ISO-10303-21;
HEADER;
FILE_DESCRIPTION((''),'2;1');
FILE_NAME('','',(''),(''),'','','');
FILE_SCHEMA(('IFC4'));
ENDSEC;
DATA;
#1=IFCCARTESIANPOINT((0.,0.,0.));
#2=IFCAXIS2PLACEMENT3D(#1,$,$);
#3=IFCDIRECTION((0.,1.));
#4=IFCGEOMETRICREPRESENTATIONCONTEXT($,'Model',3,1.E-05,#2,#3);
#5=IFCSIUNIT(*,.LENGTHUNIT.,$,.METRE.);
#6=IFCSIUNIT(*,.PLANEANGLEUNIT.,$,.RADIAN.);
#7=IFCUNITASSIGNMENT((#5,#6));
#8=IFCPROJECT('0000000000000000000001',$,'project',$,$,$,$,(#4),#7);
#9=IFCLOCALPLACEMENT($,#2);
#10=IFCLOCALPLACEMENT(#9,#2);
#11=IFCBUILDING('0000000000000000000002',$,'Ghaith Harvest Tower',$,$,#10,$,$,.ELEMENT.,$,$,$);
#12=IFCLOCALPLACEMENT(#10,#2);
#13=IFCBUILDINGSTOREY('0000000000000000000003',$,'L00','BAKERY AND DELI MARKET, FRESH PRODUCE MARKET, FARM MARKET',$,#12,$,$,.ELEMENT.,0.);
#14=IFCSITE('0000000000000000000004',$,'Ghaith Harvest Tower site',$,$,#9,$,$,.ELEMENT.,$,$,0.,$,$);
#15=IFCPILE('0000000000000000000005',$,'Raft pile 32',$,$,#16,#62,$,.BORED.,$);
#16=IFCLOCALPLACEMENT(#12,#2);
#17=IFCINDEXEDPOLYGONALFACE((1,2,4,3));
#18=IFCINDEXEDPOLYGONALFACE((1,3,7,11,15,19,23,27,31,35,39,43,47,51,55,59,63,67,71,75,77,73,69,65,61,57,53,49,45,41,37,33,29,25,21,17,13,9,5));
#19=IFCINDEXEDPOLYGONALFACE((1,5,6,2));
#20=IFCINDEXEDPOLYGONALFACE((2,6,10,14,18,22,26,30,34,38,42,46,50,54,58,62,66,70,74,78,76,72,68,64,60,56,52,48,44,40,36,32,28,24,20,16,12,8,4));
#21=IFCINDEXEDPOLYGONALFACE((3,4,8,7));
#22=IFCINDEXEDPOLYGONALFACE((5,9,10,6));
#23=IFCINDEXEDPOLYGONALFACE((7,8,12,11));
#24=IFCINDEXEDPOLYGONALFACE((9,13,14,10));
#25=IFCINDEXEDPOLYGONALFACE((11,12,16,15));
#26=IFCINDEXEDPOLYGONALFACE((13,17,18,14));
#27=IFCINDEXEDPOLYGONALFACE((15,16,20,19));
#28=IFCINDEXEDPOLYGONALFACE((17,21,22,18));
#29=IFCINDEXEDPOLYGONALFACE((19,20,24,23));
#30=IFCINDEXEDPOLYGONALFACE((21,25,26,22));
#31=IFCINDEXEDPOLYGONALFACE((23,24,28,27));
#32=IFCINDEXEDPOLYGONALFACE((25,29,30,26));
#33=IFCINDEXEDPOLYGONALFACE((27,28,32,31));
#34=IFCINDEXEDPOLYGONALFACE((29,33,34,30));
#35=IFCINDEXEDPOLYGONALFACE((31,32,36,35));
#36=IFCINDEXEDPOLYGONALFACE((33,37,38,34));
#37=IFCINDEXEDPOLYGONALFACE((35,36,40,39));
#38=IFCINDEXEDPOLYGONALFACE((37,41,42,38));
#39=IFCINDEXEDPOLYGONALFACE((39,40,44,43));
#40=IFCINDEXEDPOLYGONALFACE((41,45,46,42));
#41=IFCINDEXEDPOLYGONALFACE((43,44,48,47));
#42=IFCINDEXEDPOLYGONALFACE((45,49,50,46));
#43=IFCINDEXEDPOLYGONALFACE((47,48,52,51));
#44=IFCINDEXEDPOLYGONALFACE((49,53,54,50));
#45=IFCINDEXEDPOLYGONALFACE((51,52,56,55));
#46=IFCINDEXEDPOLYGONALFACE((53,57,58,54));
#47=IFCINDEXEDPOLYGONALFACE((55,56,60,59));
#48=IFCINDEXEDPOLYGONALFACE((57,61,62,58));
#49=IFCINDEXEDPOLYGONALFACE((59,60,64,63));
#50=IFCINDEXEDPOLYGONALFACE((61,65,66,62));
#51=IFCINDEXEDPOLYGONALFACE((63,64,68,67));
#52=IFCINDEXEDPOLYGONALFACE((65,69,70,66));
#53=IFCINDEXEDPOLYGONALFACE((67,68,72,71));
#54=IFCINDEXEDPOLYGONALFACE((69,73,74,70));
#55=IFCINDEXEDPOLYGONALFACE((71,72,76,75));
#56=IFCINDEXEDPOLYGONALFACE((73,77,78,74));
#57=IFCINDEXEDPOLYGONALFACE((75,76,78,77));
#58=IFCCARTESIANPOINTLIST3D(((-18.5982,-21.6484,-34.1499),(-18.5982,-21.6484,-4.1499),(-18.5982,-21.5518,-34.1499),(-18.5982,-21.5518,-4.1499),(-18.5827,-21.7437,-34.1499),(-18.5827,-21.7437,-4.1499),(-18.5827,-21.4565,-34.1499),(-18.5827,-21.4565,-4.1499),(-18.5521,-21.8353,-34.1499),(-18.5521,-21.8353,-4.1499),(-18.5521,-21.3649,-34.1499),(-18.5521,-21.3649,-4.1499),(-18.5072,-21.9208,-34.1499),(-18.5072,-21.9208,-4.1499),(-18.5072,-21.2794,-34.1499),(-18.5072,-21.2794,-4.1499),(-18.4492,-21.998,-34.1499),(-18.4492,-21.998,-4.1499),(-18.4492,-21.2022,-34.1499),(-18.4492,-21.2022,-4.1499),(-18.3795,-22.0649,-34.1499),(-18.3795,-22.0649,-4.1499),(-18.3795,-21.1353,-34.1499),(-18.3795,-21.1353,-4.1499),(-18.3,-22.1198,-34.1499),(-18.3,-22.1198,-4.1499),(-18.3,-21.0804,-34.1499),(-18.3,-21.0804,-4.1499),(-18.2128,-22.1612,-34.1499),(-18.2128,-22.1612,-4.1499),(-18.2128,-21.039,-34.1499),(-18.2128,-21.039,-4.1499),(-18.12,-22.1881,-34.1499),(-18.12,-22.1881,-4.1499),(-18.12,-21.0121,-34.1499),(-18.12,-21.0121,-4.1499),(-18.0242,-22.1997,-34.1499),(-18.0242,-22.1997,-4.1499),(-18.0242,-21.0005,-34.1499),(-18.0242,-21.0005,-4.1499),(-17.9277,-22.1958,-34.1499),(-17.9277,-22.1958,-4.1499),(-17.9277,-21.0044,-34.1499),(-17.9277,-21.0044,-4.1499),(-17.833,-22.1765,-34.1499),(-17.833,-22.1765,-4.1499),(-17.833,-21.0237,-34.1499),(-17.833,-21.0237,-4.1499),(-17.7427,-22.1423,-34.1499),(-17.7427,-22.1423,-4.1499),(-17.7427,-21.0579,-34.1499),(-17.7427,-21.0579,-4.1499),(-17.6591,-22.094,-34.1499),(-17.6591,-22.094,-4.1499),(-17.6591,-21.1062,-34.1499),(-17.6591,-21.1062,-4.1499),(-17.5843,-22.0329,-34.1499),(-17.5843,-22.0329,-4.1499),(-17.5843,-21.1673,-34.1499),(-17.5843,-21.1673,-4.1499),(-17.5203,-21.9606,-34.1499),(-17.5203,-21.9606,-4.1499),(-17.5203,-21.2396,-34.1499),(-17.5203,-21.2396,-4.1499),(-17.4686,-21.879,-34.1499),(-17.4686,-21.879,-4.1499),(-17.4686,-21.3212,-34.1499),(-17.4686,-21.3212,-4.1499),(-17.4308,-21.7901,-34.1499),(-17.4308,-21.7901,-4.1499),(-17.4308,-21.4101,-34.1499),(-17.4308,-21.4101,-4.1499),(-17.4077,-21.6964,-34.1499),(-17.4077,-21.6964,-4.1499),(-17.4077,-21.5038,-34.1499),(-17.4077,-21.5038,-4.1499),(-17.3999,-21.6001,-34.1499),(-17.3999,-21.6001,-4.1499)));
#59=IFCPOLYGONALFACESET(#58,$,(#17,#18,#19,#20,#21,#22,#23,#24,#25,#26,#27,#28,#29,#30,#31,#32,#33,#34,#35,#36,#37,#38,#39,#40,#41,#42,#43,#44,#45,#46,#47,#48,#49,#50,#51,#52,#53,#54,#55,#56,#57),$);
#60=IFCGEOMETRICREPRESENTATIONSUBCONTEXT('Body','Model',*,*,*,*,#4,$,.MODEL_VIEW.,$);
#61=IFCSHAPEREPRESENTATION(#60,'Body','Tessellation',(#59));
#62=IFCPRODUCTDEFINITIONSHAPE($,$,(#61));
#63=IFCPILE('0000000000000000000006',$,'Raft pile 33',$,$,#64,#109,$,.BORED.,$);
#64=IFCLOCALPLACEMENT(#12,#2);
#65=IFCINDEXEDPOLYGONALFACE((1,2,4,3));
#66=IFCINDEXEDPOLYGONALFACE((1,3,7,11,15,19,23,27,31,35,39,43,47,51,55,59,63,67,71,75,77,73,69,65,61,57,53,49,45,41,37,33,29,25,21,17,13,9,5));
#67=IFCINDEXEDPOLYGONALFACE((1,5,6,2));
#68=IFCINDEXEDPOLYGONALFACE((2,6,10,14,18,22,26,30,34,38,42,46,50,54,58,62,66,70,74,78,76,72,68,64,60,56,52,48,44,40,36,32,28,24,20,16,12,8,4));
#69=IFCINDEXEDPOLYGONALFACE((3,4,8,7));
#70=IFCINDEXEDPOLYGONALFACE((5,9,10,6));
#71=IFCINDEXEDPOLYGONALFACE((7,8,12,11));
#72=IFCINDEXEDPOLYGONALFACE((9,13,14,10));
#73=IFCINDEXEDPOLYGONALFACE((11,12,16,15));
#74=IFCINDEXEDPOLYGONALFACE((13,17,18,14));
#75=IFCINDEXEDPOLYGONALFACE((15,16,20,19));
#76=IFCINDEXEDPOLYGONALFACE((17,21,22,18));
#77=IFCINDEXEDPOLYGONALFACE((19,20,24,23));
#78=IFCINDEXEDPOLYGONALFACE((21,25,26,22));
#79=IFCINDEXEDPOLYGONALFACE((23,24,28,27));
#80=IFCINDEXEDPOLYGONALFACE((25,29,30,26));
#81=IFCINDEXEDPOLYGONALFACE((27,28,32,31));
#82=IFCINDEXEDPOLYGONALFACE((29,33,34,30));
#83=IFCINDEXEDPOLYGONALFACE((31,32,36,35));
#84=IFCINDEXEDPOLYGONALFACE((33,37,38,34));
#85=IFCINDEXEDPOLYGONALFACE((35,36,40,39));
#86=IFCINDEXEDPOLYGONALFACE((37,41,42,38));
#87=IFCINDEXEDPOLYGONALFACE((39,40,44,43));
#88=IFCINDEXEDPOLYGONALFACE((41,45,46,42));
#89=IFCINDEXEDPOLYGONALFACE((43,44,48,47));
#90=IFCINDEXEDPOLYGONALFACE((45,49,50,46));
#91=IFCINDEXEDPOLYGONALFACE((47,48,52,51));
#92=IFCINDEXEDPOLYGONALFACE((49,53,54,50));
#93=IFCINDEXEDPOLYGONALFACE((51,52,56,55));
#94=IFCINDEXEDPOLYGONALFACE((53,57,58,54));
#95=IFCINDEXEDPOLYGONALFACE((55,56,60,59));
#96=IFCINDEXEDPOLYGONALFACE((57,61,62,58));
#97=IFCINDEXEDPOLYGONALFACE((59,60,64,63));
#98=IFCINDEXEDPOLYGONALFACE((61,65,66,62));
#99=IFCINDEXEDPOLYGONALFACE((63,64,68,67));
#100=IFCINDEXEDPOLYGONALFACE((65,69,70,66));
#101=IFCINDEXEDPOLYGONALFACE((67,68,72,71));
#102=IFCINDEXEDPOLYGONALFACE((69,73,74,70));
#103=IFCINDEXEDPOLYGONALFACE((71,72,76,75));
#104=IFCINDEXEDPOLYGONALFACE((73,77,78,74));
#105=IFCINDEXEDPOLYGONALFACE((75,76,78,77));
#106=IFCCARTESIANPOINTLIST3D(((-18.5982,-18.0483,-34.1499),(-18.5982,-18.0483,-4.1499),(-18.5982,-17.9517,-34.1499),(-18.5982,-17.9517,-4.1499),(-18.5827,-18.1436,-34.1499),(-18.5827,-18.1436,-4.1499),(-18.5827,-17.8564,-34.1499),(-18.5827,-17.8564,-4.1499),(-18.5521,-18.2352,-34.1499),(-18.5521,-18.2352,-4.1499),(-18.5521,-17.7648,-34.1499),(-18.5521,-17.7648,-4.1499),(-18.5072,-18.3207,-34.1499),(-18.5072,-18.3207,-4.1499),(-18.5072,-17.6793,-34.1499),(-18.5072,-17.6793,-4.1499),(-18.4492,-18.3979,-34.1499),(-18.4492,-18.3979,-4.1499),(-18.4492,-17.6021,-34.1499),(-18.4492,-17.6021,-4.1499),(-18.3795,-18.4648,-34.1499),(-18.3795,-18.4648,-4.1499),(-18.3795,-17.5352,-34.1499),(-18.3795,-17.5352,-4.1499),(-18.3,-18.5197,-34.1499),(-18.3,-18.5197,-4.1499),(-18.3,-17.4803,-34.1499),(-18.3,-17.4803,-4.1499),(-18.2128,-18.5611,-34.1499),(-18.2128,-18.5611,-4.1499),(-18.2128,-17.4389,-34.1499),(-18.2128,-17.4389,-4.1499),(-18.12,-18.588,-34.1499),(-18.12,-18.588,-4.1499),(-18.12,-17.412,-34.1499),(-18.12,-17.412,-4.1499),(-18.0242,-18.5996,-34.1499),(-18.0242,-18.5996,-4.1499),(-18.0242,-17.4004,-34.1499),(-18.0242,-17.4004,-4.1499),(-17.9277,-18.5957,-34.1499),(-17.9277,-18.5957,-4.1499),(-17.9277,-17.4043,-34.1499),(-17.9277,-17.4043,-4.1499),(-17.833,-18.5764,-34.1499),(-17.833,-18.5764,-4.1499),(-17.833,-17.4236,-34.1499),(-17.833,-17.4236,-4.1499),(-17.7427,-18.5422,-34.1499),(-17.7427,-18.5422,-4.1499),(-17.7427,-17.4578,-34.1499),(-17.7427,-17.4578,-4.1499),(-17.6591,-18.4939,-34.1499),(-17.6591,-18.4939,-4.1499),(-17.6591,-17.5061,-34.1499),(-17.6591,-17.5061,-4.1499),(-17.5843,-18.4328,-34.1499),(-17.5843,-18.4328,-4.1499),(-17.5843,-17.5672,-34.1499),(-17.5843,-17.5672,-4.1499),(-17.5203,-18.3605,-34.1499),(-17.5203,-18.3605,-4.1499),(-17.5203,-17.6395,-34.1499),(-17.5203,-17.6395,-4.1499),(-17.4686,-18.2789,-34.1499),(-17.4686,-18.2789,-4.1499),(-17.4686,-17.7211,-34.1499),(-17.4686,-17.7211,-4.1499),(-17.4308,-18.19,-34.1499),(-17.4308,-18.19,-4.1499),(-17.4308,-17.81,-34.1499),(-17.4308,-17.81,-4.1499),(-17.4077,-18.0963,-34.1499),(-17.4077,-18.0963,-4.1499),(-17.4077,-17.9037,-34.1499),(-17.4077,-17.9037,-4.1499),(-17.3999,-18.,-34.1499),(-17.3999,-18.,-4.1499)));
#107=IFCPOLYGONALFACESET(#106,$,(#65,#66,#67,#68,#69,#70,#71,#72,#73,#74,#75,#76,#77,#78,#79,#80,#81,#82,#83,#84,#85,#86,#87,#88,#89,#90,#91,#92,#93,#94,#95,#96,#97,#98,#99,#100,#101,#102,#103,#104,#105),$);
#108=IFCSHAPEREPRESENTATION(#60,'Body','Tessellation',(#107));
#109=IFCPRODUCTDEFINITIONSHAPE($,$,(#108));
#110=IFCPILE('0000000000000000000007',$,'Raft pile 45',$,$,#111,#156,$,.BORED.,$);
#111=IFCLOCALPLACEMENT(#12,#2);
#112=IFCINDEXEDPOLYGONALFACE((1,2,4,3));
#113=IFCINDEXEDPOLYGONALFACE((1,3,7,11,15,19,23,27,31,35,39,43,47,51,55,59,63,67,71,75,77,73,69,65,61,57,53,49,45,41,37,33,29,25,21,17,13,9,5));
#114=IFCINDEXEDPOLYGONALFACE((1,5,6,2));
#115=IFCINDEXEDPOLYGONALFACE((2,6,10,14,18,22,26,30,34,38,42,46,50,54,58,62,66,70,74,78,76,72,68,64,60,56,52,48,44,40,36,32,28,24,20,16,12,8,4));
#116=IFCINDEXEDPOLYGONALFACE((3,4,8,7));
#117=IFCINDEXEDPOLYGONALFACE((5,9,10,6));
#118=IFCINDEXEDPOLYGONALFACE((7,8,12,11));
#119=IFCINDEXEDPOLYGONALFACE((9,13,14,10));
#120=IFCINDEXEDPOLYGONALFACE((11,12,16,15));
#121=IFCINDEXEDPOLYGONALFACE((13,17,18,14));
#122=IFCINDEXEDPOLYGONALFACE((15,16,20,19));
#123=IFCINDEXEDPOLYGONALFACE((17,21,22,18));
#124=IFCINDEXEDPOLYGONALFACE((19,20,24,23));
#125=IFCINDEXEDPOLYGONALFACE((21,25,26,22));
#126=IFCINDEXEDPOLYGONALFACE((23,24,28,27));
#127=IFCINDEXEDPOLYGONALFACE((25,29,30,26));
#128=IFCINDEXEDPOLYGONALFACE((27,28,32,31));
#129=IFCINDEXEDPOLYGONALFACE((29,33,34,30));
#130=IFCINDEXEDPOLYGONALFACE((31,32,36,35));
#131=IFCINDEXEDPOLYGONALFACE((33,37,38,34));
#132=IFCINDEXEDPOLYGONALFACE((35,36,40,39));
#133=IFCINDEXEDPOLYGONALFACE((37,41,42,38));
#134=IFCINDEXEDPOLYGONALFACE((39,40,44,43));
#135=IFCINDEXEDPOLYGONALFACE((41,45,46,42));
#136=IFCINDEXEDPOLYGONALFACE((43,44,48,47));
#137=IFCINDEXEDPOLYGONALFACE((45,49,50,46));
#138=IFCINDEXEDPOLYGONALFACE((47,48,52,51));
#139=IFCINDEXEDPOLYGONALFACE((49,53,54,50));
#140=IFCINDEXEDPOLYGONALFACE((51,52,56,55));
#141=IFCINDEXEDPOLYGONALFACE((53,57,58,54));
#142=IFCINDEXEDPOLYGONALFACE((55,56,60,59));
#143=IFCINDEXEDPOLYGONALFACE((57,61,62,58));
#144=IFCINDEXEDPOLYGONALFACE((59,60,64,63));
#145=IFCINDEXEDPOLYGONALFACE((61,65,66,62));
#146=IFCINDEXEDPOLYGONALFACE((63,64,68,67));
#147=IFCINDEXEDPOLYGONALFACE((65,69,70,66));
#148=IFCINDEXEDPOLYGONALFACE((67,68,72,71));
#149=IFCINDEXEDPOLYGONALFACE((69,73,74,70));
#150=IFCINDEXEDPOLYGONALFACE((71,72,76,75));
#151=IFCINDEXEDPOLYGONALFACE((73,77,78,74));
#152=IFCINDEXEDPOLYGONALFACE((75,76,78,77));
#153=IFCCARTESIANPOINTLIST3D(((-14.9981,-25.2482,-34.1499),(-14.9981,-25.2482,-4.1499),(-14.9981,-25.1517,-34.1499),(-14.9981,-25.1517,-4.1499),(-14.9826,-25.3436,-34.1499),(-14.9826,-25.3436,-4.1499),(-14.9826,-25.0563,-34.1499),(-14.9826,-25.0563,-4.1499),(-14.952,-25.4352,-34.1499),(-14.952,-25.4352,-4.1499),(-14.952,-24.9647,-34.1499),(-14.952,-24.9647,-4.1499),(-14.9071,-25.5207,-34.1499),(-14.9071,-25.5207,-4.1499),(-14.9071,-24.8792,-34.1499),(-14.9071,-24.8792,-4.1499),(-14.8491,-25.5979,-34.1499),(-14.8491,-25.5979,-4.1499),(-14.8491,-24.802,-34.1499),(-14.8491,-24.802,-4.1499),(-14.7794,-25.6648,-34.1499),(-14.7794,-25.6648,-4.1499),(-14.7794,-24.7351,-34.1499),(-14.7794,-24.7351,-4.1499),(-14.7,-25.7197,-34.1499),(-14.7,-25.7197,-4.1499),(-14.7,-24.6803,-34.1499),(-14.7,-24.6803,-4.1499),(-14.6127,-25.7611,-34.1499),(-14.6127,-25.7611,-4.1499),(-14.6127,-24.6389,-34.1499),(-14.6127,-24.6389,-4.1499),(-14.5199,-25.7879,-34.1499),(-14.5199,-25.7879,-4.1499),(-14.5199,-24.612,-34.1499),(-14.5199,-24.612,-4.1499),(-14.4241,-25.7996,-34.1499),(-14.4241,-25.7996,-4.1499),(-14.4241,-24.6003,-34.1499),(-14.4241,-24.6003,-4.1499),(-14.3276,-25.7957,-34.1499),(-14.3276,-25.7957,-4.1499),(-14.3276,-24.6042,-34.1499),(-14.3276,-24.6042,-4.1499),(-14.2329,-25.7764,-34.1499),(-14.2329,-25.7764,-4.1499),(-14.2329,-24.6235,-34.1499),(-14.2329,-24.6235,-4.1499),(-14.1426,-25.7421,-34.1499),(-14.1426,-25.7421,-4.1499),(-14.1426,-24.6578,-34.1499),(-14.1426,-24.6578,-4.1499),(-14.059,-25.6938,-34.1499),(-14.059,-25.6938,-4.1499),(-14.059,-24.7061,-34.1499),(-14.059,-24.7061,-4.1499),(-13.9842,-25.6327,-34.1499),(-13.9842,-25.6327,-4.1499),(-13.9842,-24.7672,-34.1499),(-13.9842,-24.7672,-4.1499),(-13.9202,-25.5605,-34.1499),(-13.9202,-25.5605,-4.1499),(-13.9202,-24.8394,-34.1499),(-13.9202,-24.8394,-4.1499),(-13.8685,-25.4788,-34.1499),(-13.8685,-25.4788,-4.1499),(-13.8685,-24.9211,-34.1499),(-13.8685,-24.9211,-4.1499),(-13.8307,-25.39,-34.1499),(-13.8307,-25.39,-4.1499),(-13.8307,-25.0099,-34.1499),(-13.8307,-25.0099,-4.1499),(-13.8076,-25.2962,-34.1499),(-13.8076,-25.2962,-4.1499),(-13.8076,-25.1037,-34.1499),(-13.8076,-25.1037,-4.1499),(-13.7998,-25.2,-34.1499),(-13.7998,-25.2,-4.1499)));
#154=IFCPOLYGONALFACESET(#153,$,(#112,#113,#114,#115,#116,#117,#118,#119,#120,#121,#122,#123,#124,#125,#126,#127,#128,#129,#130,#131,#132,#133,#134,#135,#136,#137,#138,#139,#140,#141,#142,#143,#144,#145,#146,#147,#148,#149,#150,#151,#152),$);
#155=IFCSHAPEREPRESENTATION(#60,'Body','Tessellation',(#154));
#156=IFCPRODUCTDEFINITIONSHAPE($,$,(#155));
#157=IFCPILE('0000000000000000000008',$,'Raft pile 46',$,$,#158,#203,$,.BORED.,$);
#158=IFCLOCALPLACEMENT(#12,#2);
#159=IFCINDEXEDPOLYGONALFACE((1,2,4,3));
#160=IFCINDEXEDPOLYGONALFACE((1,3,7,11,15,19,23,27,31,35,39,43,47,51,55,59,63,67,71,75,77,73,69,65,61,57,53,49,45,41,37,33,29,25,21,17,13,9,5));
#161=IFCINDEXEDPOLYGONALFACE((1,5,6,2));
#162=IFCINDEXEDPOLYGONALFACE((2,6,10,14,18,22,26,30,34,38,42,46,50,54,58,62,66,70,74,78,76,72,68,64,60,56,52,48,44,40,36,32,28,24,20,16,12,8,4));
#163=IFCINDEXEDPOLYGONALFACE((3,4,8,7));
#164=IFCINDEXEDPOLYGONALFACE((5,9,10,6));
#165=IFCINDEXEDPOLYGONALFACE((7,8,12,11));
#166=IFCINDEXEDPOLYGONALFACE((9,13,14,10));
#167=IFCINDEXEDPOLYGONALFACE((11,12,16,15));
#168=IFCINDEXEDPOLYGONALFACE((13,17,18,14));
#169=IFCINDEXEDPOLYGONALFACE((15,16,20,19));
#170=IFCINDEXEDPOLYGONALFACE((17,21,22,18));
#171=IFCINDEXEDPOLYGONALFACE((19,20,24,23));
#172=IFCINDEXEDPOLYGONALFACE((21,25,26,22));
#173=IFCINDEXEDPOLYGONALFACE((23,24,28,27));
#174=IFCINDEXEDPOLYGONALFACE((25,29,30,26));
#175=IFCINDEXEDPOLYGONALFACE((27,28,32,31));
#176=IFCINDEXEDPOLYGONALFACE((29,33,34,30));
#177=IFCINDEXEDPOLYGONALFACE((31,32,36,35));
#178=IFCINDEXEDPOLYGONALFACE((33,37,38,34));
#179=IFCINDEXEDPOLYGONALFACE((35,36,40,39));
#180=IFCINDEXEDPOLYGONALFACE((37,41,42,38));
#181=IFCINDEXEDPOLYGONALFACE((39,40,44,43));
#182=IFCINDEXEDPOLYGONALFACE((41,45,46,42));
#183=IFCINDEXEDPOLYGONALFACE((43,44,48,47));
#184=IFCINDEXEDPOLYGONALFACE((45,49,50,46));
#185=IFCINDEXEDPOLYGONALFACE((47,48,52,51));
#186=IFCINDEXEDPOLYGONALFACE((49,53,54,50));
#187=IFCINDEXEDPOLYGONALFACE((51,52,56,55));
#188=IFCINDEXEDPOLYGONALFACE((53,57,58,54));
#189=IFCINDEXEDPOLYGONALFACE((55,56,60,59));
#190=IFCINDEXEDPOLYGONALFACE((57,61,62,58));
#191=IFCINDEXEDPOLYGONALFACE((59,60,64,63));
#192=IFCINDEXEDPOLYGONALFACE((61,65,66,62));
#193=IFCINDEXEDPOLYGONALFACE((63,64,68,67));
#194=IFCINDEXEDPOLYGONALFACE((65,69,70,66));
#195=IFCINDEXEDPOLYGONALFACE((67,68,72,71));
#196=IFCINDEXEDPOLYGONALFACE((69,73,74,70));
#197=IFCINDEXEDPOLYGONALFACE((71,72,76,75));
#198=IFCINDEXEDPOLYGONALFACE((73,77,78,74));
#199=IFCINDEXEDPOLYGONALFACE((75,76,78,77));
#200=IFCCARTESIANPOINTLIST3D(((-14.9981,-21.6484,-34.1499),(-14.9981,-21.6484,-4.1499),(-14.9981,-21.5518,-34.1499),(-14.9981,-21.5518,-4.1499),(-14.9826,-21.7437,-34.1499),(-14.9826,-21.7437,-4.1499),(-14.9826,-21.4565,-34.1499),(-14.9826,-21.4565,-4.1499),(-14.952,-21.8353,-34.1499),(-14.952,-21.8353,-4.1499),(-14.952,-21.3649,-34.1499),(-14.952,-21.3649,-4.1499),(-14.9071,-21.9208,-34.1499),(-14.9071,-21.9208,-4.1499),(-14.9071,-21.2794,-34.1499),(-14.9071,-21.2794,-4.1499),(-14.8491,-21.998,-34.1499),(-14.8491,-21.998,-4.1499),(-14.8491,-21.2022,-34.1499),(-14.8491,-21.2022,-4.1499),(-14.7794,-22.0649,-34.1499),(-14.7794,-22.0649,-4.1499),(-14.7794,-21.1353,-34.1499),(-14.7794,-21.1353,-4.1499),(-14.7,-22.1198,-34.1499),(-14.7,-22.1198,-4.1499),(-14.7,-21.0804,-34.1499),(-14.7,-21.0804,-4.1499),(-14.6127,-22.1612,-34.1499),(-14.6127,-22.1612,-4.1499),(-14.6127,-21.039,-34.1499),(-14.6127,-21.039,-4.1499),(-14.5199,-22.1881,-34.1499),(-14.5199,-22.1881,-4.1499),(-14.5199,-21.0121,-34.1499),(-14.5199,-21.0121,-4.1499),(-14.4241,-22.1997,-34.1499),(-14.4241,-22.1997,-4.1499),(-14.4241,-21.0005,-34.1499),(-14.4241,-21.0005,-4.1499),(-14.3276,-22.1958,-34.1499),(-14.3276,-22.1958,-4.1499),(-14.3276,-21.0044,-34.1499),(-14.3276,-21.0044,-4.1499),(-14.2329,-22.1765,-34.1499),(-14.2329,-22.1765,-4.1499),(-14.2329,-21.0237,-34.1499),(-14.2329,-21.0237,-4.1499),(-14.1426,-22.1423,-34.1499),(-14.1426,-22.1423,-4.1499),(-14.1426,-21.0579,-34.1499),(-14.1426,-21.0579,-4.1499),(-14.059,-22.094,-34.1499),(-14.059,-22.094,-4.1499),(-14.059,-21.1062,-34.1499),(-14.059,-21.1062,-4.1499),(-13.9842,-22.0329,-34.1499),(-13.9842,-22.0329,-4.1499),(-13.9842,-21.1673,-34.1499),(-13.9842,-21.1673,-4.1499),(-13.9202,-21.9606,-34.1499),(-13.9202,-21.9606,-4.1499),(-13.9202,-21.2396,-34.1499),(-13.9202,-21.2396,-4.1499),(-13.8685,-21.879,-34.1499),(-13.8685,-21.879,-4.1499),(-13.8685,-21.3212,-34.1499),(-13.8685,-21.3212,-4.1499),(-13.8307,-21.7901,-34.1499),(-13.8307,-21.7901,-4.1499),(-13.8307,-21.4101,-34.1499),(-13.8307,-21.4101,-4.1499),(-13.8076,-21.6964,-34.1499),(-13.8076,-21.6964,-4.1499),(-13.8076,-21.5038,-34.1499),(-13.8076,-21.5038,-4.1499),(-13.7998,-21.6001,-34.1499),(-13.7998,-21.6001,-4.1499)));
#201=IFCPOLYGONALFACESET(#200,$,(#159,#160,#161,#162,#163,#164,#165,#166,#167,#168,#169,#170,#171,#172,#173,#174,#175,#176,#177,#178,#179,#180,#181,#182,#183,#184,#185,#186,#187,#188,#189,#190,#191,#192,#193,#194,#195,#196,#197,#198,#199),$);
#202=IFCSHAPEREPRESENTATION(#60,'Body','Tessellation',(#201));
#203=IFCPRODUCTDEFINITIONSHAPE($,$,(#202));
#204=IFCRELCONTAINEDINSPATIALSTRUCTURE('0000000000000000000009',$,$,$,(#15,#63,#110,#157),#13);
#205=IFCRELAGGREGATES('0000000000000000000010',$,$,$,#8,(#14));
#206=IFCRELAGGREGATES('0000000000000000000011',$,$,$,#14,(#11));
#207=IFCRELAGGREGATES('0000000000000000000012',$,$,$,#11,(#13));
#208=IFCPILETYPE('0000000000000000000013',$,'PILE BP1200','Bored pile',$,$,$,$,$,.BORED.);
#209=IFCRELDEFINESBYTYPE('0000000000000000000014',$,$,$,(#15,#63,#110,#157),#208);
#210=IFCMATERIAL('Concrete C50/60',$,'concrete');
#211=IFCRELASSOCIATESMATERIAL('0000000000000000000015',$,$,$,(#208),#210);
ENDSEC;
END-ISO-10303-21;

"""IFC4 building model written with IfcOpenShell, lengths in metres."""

from ifc_helpers import new_model, si_unit, direction, frame, origin, origin_2d, place, context, subcontext, project, spatial, circle, extrude, material, material_profile, profile_set, type_object, element, save


model = new_model("IFC4")

# Units and contexts
model_context = context("Model", 3, precision=1e-05, world=origin(), true_north=direction((0.0, 1.0)))
body_context = subcontext(model_context, "Body", "Model", "MODEL_VIEW")
ifc_project = project(units=[si_unit("LENGTHUNIT", "METRE"), si_unit("PLANEANGLEUNIT", "RADIAN")], contexts=[model_context])

# Site, building, storey
site_placement = place(None, origin())
site = spatial("IfcSite", under=ifc_project, at=site_placement, Name="Ghaith Harvest Tower site", CompositionType="ELEMENT", RefElevation=0.0)
building_placement = place(site_placement, origin())
building = spatial("IfcBuilding", under=site, at=building_placement, Name="Ghaith Harvest Tower", CompositionType="ELEMENT")
storey_placement = place(building_placement, origin())
storey = spatial("IfcBuildingStorey", under=building, at=storey_placement, Name="L00", Description="BAKERY AND DELI MARKET, FRESH PRODUCE MARKET, FARM MARKET", CompositionType="ELEMENT", Elevation=0.0)

# Piles
ifc_material_1 = material(Name="Concrete C50/60", Category="concrete")
ifc_material_profile_1 = material_profile(ifc_material_1, circle(Radius=0.6001, at=origin_2d()), Name="PILE1200")
ifc_profile_set_1 = profile_set([ifc_material_profile_1], Name="Concrete C50/60")
pile_type = type_object("IfcPileType", Name="PILE BP1200", Description="Bored pile", PredefinedType="BORED", material=ifc_profile_set_1)
for number, where, z_axis, x_axis, name in (
    (1, (-18.0, -21.6001, -4.1499), (0.0, 0.0, -1.0), (1.0, 0.0, 0.0), "Raft pile 32"),
    (2, (-18.0, -18.0, -4.1499), (0.0, 0.0, -1.0), (1.0, 0.0, 0.0), "Raft pile 33"),
    (3, (-14.3999, -25.2, -4.1499), (0.0, 0.0, -1.0), (1.0, 0.0, 0.0), "Raft pile 45"),
    (4, (-14.3999, -21.6001, -4.1499), (0.0, 0.0, -1.0), (1.0, 0.0, 0.0), "Raft pile 46"),
):
    element("IfcPile", number, at=place(storey_placement, frame(where, z_axis=z_axis, x_axis=x_axis)), inside=storey, type_object=pile_type, Name=name, PredefinedType="BORED", context=body_context, shape_type="SweptSolid", body=[
        extrude(circle(Radius=0.6001, at=origin_2d()), origin(), (0.0, 0.0, 1.0), 30.0),
    ])

save(model, "model.ifc")
